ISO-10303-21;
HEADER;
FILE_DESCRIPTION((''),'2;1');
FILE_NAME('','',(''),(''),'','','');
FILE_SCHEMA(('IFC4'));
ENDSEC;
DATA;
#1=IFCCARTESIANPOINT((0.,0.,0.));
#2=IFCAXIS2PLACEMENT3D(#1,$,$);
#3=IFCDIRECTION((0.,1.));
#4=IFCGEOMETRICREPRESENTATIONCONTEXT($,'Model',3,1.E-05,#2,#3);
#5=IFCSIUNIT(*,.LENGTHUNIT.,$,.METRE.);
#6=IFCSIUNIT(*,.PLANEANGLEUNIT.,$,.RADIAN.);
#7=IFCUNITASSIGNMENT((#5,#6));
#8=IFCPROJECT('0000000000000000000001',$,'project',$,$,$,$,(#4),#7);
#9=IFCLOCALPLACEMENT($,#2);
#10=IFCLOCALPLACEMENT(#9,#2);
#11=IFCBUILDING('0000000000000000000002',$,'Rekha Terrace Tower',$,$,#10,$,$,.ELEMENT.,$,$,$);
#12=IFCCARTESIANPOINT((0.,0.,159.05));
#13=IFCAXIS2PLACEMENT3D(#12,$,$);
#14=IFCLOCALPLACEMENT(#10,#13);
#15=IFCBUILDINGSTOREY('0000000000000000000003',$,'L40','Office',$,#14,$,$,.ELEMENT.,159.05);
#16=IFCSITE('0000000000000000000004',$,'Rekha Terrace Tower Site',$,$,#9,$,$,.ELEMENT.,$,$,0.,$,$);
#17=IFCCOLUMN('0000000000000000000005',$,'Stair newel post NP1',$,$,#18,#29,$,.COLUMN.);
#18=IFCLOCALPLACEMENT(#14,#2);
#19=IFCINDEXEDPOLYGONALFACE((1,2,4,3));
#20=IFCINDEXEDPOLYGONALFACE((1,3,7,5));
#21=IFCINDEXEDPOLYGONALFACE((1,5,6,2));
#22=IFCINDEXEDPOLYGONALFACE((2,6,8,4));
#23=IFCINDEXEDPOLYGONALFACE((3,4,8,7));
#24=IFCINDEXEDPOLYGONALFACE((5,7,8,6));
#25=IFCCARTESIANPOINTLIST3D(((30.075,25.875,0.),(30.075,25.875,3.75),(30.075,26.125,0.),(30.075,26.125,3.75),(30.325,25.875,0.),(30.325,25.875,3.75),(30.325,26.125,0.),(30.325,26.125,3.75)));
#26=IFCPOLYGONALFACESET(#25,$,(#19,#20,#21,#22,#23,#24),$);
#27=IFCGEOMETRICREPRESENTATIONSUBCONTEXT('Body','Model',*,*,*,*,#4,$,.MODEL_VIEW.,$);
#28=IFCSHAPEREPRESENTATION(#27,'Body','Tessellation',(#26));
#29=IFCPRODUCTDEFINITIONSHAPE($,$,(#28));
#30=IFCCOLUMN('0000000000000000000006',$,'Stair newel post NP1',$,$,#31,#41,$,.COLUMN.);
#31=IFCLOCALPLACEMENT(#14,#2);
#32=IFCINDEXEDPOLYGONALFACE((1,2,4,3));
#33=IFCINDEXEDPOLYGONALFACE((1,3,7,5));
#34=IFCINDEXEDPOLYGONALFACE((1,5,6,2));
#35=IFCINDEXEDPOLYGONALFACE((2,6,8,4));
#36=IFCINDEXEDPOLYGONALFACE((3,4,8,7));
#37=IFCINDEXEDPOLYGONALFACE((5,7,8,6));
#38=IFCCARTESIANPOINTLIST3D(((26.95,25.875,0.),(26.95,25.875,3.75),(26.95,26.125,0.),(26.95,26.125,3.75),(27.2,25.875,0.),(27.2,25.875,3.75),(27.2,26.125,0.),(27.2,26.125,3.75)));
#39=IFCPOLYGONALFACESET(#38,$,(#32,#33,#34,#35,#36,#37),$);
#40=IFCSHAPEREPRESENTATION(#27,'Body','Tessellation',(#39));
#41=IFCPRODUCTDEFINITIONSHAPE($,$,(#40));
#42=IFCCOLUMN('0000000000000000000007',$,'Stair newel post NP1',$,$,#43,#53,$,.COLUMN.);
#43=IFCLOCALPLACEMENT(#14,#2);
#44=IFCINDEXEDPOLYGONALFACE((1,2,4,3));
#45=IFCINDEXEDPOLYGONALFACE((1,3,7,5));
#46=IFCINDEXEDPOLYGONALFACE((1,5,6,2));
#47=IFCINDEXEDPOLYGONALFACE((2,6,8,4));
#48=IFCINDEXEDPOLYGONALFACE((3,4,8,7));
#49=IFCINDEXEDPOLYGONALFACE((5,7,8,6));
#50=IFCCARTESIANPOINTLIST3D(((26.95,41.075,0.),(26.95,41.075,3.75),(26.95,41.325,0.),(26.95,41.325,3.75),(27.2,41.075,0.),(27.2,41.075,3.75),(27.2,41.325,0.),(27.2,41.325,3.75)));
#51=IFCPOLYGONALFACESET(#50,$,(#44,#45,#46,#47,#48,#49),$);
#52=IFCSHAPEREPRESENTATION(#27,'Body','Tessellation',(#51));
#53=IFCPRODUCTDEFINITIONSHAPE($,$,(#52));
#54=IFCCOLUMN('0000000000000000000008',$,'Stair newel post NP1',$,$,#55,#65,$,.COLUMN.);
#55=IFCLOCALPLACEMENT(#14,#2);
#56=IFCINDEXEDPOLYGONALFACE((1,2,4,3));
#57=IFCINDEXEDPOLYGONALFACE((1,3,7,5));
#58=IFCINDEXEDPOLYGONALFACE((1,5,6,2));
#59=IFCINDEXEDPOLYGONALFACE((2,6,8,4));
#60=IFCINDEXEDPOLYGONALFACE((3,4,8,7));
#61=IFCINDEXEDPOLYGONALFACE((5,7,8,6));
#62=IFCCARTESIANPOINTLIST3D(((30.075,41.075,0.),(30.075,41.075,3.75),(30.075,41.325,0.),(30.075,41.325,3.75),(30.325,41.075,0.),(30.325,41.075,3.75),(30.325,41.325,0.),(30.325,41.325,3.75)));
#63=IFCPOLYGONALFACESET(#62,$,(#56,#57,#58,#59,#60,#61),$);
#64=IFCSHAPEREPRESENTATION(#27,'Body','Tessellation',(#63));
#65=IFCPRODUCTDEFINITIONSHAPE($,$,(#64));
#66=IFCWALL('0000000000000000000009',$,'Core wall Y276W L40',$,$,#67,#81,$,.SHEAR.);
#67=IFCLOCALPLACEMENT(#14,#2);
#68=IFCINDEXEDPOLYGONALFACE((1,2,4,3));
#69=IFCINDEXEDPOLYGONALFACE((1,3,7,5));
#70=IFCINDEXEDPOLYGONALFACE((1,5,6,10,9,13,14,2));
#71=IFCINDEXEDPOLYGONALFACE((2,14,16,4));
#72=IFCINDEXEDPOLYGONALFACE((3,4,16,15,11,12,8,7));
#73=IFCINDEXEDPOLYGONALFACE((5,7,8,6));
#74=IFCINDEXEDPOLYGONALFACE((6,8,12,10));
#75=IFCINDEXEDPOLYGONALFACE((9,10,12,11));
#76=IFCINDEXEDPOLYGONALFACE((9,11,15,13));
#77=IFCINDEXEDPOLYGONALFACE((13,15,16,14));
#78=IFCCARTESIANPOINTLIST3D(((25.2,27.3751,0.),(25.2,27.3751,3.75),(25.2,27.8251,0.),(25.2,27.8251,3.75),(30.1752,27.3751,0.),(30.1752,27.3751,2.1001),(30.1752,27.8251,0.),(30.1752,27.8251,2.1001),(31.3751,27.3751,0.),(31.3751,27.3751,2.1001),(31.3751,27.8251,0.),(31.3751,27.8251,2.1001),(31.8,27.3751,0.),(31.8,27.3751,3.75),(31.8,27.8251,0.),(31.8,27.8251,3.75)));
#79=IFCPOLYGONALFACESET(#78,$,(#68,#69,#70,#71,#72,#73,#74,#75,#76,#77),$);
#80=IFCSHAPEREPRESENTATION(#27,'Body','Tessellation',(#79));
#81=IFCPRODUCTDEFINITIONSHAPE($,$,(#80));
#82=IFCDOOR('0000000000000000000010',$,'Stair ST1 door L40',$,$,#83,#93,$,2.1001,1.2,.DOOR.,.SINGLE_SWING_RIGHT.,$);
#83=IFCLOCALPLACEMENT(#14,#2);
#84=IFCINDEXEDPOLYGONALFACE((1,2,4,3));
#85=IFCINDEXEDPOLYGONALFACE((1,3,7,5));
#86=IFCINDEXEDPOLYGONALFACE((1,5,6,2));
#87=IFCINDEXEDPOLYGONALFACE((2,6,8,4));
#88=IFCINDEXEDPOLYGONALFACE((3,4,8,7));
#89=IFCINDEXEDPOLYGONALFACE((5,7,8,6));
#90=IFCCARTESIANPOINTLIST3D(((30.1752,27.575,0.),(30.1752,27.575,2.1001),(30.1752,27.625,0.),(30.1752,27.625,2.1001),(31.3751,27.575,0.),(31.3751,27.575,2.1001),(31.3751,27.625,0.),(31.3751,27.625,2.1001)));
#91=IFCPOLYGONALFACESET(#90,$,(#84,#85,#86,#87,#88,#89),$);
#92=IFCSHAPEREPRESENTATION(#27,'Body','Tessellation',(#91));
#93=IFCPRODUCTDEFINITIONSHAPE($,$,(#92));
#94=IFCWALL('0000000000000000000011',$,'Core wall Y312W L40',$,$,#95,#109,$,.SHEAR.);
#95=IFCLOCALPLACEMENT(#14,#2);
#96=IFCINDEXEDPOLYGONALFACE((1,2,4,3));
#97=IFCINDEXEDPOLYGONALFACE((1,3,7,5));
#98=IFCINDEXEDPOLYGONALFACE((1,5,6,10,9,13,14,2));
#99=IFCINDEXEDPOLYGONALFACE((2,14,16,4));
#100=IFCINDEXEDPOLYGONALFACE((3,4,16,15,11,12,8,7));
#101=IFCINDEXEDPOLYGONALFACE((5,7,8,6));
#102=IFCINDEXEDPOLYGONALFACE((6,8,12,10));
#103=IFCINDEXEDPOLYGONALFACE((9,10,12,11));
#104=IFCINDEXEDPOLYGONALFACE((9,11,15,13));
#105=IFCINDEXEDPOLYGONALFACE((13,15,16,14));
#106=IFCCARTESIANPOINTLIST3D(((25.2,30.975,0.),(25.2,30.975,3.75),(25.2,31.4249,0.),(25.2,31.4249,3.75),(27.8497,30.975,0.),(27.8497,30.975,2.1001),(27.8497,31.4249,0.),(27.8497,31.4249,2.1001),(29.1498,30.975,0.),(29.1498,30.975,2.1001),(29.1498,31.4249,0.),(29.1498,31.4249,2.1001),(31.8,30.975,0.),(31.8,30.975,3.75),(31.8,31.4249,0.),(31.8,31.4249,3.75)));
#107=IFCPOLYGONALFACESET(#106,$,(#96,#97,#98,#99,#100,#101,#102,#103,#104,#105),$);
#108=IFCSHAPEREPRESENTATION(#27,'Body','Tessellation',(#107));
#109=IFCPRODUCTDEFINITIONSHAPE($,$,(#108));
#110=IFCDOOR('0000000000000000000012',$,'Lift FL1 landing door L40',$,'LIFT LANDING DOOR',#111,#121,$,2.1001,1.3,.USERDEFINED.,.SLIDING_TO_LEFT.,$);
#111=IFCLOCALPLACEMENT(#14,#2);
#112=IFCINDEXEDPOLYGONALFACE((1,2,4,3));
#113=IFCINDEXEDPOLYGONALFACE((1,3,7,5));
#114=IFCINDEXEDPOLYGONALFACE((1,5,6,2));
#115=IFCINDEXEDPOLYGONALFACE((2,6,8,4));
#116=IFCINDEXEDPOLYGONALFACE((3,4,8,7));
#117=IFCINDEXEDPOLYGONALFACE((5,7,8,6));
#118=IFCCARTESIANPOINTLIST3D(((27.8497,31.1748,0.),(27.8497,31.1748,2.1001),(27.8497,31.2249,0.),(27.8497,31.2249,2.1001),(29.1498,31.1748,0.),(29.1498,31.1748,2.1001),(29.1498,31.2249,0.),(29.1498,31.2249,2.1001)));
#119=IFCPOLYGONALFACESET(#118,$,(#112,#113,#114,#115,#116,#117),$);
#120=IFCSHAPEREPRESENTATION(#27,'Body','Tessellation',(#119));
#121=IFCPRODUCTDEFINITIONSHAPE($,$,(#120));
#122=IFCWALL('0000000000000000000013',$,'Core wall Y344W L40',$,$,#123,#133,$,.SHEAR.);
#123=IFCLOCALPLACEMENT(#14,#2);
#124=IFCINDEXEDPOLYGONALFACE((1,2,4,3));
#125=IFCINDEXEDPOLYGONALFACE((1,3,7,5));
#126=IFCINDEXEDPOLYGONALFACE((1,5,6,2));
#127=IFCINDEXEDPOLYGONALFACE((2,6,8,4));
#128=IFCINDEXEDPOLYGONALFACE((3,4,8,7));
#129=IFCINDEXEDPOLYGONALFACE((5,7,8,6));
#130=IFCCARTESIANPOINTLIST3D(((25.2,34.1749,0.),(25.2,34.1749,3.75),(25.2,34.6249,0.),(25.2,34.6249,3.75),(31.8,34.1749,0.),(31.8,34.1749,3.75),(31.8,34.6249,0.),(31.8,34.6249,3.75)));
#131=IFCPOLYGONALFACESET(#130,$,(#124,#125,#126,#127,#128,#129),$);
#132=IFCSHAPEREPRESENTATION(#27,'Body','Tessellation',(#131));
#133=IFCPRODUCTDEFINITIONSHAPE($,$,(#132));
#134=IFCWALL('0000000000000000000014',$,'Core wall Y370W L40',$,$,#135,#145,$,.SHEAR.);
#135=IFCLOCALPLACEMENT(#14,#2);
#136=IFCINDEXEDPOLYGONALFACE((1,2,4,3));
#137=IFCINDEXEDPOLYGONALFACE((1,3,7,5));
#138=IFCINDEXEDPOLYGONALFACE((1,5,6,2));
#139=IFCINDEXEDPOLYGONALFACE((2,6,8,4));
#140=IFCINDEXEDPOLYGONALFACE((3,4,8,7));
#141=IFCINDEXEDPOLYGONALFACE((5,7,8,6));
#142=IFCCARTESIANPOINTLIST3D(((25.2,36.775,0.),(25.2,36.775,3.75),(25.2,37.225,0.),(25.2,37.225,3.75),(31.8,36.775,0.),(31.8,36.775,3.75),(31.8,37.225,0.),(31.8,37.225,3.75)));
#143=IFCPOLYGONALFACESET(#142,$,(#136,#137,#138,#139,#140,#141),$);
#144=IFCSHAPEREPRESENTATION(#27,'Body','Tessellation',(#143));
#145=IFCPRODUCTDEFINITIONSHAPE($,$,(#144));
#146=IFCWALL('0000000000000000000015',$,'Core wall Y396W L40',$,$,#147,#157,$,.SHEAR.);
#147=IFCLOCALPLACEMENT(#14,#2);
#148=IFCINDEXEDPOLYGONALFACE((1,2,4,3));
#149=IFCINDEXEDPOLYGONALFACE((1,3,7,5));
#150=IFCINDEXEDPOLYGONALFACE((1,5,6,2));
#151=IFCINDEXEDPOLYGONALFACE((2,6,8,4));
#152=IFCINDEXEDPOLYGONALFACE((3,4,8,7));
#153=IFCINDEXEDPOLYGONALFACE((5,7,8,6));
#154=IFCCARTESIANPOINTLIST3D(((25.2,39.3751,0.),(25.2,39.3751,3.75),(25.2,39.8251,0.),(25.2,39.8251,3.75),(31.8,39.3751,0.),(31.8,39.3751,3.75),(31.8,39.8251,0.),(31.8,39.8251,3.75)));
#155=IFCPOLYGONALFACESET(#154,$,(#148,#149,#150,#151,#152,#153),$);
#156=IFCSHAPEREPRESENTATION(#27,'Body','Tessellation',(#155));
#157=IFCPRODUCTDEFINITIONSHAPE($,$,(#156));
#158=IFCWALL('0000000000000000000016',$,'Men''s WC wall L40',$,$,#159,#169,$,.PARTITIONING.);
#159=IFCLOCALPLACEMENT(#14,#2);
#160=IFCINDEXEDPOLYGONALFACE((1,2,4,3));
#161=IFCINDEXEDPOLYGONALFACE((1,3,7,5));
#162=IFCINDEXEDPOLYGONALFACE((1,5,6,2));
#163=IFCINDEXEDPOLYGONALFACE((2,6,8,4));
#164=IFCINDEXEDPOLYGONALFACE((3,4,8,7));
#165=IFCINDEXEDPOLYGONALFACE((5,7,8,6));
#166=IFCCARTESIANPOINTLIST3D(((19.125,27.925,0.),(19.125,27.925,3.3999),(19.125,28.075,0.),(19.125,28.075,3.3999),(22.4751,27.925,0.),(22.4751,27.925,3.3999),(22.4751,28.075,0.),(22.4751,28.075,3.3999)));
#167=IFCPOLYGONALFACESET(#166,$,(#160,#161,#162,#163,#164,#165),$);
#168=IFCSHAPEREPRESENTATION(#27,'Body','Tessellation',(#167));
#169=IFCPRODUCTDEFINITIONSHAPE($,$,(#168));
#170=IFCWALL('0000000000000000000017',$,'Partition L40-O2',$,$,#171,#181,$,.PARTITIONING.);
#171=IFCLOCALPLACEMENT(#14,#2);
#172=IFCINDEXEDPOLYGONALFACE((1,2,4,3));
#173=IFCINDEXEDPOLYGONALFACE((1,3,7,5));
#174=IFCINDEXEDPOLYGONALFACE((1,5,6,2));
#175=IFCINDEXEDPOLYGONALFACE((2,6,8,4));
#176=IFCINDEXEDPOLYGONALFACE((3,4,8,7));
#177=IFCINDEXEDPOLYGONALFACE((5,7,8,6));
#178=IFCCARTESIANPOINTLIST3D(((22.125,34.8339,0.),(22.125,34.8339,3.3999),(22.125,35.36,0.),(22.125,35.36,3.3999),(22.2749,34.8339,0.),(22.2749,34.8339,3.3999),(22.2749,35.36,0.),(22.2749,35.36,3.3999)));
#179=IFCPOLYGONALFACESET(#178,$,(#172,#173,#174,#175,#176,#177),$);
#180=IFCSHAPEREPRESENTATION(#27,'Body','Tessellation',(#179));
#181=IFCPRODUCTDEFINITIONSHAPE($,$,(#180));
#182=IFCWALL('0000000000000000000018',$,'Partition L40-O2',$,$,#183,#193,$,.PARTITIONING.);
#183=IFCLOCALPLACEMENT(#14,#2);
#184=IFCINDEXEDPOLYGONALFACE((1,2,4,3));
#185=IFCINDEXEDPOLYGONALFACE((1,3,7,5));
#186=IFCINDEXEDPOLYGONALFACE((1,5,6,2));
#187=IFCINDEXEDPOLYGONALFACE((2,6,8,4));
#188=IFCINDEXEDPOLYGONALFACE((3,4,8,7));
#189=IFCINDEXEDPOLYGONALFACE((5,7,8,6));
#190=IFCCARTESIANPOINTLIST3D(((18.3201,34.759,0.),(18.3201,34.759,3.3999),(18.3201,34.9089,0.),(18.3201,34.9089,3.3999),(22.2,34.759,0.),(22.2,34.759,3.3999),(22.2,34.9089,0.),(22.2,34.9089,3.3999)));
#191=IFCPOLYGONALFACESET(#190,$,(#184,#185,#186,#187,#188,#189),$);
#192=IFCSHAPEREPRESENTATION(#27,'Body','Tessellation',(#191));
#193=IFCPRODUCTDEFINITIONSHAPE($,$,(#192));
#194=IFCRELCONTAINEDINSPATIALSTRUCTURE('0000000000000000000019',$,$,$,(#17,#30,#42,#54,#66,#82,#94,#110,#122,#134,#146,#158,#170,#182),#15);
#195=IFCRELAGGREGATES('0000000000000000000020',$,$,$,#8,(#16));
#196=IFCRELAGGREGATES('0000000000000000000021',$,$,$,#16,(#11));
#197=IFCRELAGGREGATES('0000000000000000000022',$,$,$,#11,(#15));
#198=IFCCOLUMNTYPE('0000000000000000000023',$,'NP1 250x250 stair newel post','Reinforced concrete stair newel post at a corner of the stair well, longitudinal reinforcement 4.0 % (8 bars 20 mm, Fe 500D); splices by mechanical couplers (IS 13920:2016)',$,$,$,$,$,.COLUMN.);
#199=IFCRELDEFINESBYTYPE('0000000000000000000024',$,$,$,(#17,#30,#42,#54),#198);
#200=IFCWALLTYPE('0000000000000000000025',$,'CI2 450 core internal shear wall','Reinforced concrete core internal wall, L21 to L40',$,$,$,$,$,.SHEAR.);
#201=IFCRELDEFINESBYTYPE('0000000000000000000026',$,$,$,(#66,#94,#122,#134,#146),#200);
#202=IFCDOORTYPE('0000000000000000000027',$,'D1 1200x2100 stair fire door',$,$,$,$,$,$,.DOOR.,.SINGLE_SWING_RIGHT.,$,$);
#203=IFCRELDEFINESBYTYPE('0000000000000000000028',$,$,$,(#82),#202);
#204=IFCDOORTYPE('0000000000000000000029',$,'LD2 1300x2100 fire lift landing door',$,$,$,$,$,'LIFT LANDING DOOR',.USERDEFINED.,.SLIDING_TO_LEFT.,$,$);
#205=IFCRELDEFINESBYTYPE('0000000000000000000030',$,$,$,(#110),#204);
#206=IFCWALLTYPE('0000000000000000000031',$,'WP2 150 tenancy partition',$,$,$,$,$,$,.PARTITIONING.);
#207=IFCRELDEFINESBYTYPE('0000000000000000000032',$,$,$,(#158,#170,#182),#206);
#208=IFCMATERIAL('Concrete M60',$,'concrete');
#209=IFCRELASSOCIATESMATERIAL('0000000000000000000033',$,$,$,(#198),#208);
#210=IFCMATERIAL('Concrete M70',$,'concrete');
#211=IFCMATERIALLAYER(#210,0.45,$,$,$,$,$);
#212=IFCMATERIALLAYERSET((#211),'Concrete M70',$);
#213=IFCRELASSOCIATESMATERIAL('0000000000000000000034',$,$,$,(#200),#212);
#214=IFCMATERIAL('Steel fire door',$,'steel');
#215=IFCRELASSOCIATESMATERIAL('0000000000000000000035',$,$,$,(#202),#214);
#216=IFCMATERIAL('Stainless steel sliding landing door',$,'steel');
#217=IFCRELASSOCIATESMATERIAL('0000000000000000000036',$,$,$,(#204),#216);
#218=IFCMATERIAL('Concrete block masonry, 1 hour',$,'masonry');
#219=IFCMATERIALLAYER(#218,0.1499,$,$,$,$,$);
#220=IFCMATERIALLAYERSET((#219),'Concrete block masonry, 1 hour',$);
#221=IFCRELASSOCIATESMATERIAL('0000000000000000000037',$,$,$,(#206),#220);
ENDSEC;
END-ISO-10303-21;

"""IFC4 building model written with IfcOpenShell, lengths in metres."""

from ifc_helpers import new_model, si_unit, direction, frame, frame_2d, origin, origin_2d, place, context, subcontext, project, spatial, rectangle, extrude, material, layer, layer_set, material_profile, profile_set, type_object, element, fill, save


model = new_model("IFC4")

# Units and contexts
model_context = context("Model", 3, precision=1e-05, world=origin(), true_north=direction((0.0, 1.0)))
body_context = subcontext(model_context, "Body", "Model", "MODEL_VIEW")
ifc_project = project(units=[si_unit("LENGTHUNIT", "METRE"), si_unit("PLANEANGLEUNIT", "RADIAN")], contexts=[model_context])

# Site, building, storey
site_placement = place(None, origin())
site = spatial("IfcSite", under=ifc_project, at=site_placement, Name="Rekha Terrace Tower Site", CompositionType="ELEMENT", RefElevation=0.0)
building_placement = place(site_placement, origin())
building = spatial("IfcBuilding", under=site, at=building_placement, Name="Rekha Terrace Tower", CompositionType="ELEMENT")
storey_placement = place(building_placement, frame((0.0, 0.0, 159.05)))
storey = spatial("IfcBuildingStorey", under=building, at=storey_placement, Name="L40", Description="Office", CompositionType="ELEMENT", Elevation=159.05)

# Columns
ifc_material_1 = material(Name="Concrete M60", Category="concrete")
ifc_material_profile = material_profile(ifc_material_1, rectangle(XDim=0.25, YDim=0.25, at=origin_2d()), Name="RC 250x250")
ifc_profile_set = profile_set([ifc_material_profile], Name="Concrete M60")
column_type = type_object("IfcColumnType", Name="NP1 250x250 stair newel post", Description="Reinforced concrete stair newel post at a corner of the stair well, longitudinal reinforcement 4.0 % (8 bars 20 mm, Fe 500D); splices by mechanical couplers (IS 13920:2016)", PredefinedType="COLUMN", material=ifc_profile_set)
for number, where, z_axis, x_axis, name in (
    (1, (30.2, 26.0, 0.0), (0.0, 0.0, 1.0), (1.0, 0.0, 0.0), "Stair newel post NP1"),
    (2, (27.075, 26.0, 0.0), (0.0, 0.0, 1.0), (1.0, 0.0, 0.0), "Stair newel post NP1"),
    (3, (27.075, 41.2, 0.0), (0.0, 0.0, 1.0), (1.0, 0.0, 0.0), "Stair newel post NP1"),
    (4, (30.2, 41.2, 0.0), (0.0, 0.0, 1.0), (1.0, 0.0, 0.0), "Stair newel post NP1"),
):
    element("IfcColumn", number, at=place(storey_placement, frame(where, z_axis=z_axis, x_axis=x_axis)), inside=storey, type_object=column_type, Name=name, PredefinedType="COLUMN", context=body_context, shape_type="SweptSolid", body=[
        extrude(rectangle(XDim=0.25, YDim=0.25, at=origin_2d()), origin(), (0.0, 0.0, 1.0), 3.75),
    ])

# Walls, openings, doors
ifc_material_2 = material(Name="Concrete M70", Category="concrete")
ifc_layer_1 = layer(ifc_material_2, 0.45)
ifc_layer_set_1 = layer_set([ifc_layer_1], Name="Concrete M70")
wall_type_1 = type_object("IfcWallType", Name="CI2 450 core internal shear wall", Description="Reinforced concrete core internal wall, L21 to L40", PredefinedType="SHEAR", material=ifc_layer_set_1)
wall_1_placement = place(storey_placement, frame((25.2, 27.6001, 0.0), z_axis=(0.0, 0.0, 1.0), x_axis=(1.0, 0.0, 0.0)))
wall_1 = element("IfcWall", 5, at=wall_1_placement, inside=storey, type_object=wall_type_1, Name="Core wall Y276W L40", PredefinedType="SHEAR", context=body_context, shape_type="SweptSolid", body=[
    extrude(rectangle(XDim=6.6001, YDim=0.45, at=frame_2d((3.3, 0.0))), origin(), (0.0, 0.0, 1.0), 3.75),
])
opening_1_placement = place(wall_1_placement, frame((4.9751, 0.0, 0.0)))
opening_1 = element("IfcOpeningElement", 6, at=opening_1_placement, cuts=wall_1, PredefinedType="OPENING", context=body_context, shape_type="SweptSolid", body=[
    extrude(rectangle(XDim=1.2, YDim=2.1001, at=frame_2d((0.6001, 1.05))), frame((0.0, 0.2349, 0.0), z_axis=(0.0, -1.0, 0.0), x_axis=(1.0, 0.0, 0.0)), (0.0, 0.0, 1.0), 0.47),
])
ifc_material_3 = material(Name="Steel fire door", Category="steel")
door_type_1 = type_object("IfcDoorType", Name="D1 1200x2100 stair fire door", OperationType="SINGLE_SWING_RIGHT", PredefinedType="DOOR", material=ifc_material_3)
door_1_placement = place(opening_1_placement, origin())
door_1 = element("IfcDoor", 7, at=door_1_placement, inside=storey, type_object=door_type_1, Name="Stair ST1 door L40", OperationType="SINGLE_SWING_RIGHT", OverallHeight=2.1001, OverallWidth=1.2, PredefinedType="DOOR", context=body_context, shape_type="SweptSolid", body=[
    extrude(rectangle(XDim=1.2, YDim=2.1001, at=frame_2d((0.6001, 1.05))), frame((0.0, 0.0249, 0.0), z_axis=(0.0, -1.0, 0.0), x_axis=(1.0, 0.0, 0.0)), (0.0, 0.0, 1.0), 0.05),
])
fill(opening_1, door_1)
wall_2_placement = place(storey_placement, frame((25.2, 31.2, 0.0), z_axis=(0.0, 0.0, 1.0), x_axis=(1.0, 0.0, 0.0)))
wall_2 = element("IfcWall", 8, at=wall_2_placement, inside=storey, type_object=wall_type_1, Name="Core wall Y312W L40", PredefinedType="SHEAR", context=body_context, shape_type="SweptSolid", body=[
    extrude(rectangle(XDim=6.6001, YDim=0.45, at=frame_2d((3.3, 0.0))), origin(), (0.0, 0.0, 1.0), 3.75),
])
opening_2_placement = place(wall_2_placement, frame((2.6499, 0.0, 0.0)))
opening_2 = element("IfcOpeningElement", 9, at=opening_2_placement, cuts=wall_2, PredefinedType="OPENING", context=body_context, shape_type="SweptSolid", body=[
    extrude(rectangle(XDim=1.3, YDim=2.1001, at=frame_2d((0.6499, 1.05))), frame((0.0, 0.2349, 0.0), z_axis=(0.0, -1.0, 0.0), x_axis=(1.0, 0.0, 0.0)), (0.0, 0.0, 1.0), 0.47),
])
ifc_material_4 = material(Name="Stainless steel sliding landing door", Category="steel")
door_type_2 = type_object("IfcDoorType", Name="LD2 1300x2100 fire lift landing door", ElementType="LIFT LANDING DOOR", OperationType="SLIDING_TO_LEFT", PredefinedType="USERDEFINED", material=ifc_material_4)
door_2_placement = place(opening_2_placement, origin())
door_2 = element("IfcDoor", 10, at=door_2_placement, inside=storey, type_object=door_type_2, Name="Lift FL1 landing door L40", ObjectType="LIFT LANDING DOOR", OperationType="SLIDING_TO_LEFT", OverallHeight=2.1001, OverallWidth=1.3, PredefinedType="USERDEFINED", context=body_context, shape_type="SweptSolid", body=[
    extrude(rectangle(XDim=1.3, YDim=2.1001, at=frame_2d((0.6499, 1.05))), frame((0.0, 0.0249, 0.0), z_axis=(0.0, -1.0, 0.0), x_axis=(1.0, 0.0, 0.0)), (0.0, 0.0, 1.0), 0.05),
])
fill(opening_2, door_2)

# Walls
for number, where, z_axis, x_axis, name in (
    (11, (25.2, 34.3999, 0.0), (0.0, 0.0, 1.0), (1.0, 0.0, 0.0), "Core wall Y344W L40"),
    (12, (25.2, 37.0, 0.0), (0.0, 0.0, 1.0), (1.0, 0.0, 0.0), "Core wall Y370W L40"),
    (13, (25.2, 39.6001, 0.0), (0.0, 0.0, 1.0), (1.0, 0.0, 0.0), "Core wall Y396W L40"),
):
    element("IfcWall", number, at=place(storey_placement, frame(where, z_axis=z_axis, x_axis=x_axis)), inside=storey, type_object=wall_type_1, Name=name, PredefinedType="SHEAR", context=body_context, shape_type="SweptSolid", body=[
        extrude(rectangle(XDim=6.6001, YDim=0.45, at=frame_2d((3.3, 0.0))), origin(), (0.0, 0.0, 1.0), 3.75),
    ])
ifc_material_5 = material(Name="Concrete block masonry, 1 hour", Category="masonry")
ifc_layer_2 = layer(ifc_material_5, 0.1499)
ifc_layer_set_2 = layer_set([ifc_layer_2], Name="Concrete block masonry, 1 hour")
wall_type_2 = type_object("IfcWallType", Name="WP2 150 tenancy partition", PredefinedType="PARTITIONING", material=ifc_layer_set_2)
wall_3_placement = place(storey_placement, frame((19.125, 28.0, 0.0), z_axis=(0.0, 0.0, 1.0), x_axis=(1.0, 0.0, 0.0)))
element("IfcWall", 14, at=wall_3_placement, inside=storey, type_object=wall_type_2, Name="Men's WC wall L40", PredefinedType="PARTITIONING", context=body_context, shape_type="SweptSolid", body=[
    extrude(rectangle(XDim=3.3501, YDim=0.1499, at=frame_2d((1.675, 0.0))), origin(), (0.0, 0.0, 1.0), 3.3999),
])
wall_4_placement = place(storey_placement, frame((22.2, 35.3601, 0.0), z_axis=(0.0, 0.0, 1.0), x_axis=(0.0, -1.0, 0.0)))
element("IfcWall", 15, at=wall_4_placement, inside=storey, type_object=wall_type_2, Name="Partition L40-O2", PredefinedType="PARTITIONING", context=body_context, shape_type="SweptSolid", body=[
    extrude(rectangle(XDim=0.5261, YDim=0.1499, at=frame_2d((0.2632, 0.0))), origin(), (0.0, 0.0, 1.0), 3.3999),
])
wall_5_placement = place(storey_placement, frame((22.2, 34.834, 0.0), z_axis=(0.0, 0.0, 1.0), x_axis=(-1.0, 0.0, 0.0)))
element("IfcWall", 16, at=wall_5_placement, inside=storey, type_object=wall_type_2, Name="Partition L40-O2", PredefinedType="PARTITIONING", context=body_context, shape_type="SweptSolid", body=[
    extrude(rectangle(XDim=3.8799, YDim=0.1499, at=frame_2d((1.9399, 0.0))), origin(), (0.0, 0.0, 1.0), 3.3999),
])

save(model, "model.ifc")
